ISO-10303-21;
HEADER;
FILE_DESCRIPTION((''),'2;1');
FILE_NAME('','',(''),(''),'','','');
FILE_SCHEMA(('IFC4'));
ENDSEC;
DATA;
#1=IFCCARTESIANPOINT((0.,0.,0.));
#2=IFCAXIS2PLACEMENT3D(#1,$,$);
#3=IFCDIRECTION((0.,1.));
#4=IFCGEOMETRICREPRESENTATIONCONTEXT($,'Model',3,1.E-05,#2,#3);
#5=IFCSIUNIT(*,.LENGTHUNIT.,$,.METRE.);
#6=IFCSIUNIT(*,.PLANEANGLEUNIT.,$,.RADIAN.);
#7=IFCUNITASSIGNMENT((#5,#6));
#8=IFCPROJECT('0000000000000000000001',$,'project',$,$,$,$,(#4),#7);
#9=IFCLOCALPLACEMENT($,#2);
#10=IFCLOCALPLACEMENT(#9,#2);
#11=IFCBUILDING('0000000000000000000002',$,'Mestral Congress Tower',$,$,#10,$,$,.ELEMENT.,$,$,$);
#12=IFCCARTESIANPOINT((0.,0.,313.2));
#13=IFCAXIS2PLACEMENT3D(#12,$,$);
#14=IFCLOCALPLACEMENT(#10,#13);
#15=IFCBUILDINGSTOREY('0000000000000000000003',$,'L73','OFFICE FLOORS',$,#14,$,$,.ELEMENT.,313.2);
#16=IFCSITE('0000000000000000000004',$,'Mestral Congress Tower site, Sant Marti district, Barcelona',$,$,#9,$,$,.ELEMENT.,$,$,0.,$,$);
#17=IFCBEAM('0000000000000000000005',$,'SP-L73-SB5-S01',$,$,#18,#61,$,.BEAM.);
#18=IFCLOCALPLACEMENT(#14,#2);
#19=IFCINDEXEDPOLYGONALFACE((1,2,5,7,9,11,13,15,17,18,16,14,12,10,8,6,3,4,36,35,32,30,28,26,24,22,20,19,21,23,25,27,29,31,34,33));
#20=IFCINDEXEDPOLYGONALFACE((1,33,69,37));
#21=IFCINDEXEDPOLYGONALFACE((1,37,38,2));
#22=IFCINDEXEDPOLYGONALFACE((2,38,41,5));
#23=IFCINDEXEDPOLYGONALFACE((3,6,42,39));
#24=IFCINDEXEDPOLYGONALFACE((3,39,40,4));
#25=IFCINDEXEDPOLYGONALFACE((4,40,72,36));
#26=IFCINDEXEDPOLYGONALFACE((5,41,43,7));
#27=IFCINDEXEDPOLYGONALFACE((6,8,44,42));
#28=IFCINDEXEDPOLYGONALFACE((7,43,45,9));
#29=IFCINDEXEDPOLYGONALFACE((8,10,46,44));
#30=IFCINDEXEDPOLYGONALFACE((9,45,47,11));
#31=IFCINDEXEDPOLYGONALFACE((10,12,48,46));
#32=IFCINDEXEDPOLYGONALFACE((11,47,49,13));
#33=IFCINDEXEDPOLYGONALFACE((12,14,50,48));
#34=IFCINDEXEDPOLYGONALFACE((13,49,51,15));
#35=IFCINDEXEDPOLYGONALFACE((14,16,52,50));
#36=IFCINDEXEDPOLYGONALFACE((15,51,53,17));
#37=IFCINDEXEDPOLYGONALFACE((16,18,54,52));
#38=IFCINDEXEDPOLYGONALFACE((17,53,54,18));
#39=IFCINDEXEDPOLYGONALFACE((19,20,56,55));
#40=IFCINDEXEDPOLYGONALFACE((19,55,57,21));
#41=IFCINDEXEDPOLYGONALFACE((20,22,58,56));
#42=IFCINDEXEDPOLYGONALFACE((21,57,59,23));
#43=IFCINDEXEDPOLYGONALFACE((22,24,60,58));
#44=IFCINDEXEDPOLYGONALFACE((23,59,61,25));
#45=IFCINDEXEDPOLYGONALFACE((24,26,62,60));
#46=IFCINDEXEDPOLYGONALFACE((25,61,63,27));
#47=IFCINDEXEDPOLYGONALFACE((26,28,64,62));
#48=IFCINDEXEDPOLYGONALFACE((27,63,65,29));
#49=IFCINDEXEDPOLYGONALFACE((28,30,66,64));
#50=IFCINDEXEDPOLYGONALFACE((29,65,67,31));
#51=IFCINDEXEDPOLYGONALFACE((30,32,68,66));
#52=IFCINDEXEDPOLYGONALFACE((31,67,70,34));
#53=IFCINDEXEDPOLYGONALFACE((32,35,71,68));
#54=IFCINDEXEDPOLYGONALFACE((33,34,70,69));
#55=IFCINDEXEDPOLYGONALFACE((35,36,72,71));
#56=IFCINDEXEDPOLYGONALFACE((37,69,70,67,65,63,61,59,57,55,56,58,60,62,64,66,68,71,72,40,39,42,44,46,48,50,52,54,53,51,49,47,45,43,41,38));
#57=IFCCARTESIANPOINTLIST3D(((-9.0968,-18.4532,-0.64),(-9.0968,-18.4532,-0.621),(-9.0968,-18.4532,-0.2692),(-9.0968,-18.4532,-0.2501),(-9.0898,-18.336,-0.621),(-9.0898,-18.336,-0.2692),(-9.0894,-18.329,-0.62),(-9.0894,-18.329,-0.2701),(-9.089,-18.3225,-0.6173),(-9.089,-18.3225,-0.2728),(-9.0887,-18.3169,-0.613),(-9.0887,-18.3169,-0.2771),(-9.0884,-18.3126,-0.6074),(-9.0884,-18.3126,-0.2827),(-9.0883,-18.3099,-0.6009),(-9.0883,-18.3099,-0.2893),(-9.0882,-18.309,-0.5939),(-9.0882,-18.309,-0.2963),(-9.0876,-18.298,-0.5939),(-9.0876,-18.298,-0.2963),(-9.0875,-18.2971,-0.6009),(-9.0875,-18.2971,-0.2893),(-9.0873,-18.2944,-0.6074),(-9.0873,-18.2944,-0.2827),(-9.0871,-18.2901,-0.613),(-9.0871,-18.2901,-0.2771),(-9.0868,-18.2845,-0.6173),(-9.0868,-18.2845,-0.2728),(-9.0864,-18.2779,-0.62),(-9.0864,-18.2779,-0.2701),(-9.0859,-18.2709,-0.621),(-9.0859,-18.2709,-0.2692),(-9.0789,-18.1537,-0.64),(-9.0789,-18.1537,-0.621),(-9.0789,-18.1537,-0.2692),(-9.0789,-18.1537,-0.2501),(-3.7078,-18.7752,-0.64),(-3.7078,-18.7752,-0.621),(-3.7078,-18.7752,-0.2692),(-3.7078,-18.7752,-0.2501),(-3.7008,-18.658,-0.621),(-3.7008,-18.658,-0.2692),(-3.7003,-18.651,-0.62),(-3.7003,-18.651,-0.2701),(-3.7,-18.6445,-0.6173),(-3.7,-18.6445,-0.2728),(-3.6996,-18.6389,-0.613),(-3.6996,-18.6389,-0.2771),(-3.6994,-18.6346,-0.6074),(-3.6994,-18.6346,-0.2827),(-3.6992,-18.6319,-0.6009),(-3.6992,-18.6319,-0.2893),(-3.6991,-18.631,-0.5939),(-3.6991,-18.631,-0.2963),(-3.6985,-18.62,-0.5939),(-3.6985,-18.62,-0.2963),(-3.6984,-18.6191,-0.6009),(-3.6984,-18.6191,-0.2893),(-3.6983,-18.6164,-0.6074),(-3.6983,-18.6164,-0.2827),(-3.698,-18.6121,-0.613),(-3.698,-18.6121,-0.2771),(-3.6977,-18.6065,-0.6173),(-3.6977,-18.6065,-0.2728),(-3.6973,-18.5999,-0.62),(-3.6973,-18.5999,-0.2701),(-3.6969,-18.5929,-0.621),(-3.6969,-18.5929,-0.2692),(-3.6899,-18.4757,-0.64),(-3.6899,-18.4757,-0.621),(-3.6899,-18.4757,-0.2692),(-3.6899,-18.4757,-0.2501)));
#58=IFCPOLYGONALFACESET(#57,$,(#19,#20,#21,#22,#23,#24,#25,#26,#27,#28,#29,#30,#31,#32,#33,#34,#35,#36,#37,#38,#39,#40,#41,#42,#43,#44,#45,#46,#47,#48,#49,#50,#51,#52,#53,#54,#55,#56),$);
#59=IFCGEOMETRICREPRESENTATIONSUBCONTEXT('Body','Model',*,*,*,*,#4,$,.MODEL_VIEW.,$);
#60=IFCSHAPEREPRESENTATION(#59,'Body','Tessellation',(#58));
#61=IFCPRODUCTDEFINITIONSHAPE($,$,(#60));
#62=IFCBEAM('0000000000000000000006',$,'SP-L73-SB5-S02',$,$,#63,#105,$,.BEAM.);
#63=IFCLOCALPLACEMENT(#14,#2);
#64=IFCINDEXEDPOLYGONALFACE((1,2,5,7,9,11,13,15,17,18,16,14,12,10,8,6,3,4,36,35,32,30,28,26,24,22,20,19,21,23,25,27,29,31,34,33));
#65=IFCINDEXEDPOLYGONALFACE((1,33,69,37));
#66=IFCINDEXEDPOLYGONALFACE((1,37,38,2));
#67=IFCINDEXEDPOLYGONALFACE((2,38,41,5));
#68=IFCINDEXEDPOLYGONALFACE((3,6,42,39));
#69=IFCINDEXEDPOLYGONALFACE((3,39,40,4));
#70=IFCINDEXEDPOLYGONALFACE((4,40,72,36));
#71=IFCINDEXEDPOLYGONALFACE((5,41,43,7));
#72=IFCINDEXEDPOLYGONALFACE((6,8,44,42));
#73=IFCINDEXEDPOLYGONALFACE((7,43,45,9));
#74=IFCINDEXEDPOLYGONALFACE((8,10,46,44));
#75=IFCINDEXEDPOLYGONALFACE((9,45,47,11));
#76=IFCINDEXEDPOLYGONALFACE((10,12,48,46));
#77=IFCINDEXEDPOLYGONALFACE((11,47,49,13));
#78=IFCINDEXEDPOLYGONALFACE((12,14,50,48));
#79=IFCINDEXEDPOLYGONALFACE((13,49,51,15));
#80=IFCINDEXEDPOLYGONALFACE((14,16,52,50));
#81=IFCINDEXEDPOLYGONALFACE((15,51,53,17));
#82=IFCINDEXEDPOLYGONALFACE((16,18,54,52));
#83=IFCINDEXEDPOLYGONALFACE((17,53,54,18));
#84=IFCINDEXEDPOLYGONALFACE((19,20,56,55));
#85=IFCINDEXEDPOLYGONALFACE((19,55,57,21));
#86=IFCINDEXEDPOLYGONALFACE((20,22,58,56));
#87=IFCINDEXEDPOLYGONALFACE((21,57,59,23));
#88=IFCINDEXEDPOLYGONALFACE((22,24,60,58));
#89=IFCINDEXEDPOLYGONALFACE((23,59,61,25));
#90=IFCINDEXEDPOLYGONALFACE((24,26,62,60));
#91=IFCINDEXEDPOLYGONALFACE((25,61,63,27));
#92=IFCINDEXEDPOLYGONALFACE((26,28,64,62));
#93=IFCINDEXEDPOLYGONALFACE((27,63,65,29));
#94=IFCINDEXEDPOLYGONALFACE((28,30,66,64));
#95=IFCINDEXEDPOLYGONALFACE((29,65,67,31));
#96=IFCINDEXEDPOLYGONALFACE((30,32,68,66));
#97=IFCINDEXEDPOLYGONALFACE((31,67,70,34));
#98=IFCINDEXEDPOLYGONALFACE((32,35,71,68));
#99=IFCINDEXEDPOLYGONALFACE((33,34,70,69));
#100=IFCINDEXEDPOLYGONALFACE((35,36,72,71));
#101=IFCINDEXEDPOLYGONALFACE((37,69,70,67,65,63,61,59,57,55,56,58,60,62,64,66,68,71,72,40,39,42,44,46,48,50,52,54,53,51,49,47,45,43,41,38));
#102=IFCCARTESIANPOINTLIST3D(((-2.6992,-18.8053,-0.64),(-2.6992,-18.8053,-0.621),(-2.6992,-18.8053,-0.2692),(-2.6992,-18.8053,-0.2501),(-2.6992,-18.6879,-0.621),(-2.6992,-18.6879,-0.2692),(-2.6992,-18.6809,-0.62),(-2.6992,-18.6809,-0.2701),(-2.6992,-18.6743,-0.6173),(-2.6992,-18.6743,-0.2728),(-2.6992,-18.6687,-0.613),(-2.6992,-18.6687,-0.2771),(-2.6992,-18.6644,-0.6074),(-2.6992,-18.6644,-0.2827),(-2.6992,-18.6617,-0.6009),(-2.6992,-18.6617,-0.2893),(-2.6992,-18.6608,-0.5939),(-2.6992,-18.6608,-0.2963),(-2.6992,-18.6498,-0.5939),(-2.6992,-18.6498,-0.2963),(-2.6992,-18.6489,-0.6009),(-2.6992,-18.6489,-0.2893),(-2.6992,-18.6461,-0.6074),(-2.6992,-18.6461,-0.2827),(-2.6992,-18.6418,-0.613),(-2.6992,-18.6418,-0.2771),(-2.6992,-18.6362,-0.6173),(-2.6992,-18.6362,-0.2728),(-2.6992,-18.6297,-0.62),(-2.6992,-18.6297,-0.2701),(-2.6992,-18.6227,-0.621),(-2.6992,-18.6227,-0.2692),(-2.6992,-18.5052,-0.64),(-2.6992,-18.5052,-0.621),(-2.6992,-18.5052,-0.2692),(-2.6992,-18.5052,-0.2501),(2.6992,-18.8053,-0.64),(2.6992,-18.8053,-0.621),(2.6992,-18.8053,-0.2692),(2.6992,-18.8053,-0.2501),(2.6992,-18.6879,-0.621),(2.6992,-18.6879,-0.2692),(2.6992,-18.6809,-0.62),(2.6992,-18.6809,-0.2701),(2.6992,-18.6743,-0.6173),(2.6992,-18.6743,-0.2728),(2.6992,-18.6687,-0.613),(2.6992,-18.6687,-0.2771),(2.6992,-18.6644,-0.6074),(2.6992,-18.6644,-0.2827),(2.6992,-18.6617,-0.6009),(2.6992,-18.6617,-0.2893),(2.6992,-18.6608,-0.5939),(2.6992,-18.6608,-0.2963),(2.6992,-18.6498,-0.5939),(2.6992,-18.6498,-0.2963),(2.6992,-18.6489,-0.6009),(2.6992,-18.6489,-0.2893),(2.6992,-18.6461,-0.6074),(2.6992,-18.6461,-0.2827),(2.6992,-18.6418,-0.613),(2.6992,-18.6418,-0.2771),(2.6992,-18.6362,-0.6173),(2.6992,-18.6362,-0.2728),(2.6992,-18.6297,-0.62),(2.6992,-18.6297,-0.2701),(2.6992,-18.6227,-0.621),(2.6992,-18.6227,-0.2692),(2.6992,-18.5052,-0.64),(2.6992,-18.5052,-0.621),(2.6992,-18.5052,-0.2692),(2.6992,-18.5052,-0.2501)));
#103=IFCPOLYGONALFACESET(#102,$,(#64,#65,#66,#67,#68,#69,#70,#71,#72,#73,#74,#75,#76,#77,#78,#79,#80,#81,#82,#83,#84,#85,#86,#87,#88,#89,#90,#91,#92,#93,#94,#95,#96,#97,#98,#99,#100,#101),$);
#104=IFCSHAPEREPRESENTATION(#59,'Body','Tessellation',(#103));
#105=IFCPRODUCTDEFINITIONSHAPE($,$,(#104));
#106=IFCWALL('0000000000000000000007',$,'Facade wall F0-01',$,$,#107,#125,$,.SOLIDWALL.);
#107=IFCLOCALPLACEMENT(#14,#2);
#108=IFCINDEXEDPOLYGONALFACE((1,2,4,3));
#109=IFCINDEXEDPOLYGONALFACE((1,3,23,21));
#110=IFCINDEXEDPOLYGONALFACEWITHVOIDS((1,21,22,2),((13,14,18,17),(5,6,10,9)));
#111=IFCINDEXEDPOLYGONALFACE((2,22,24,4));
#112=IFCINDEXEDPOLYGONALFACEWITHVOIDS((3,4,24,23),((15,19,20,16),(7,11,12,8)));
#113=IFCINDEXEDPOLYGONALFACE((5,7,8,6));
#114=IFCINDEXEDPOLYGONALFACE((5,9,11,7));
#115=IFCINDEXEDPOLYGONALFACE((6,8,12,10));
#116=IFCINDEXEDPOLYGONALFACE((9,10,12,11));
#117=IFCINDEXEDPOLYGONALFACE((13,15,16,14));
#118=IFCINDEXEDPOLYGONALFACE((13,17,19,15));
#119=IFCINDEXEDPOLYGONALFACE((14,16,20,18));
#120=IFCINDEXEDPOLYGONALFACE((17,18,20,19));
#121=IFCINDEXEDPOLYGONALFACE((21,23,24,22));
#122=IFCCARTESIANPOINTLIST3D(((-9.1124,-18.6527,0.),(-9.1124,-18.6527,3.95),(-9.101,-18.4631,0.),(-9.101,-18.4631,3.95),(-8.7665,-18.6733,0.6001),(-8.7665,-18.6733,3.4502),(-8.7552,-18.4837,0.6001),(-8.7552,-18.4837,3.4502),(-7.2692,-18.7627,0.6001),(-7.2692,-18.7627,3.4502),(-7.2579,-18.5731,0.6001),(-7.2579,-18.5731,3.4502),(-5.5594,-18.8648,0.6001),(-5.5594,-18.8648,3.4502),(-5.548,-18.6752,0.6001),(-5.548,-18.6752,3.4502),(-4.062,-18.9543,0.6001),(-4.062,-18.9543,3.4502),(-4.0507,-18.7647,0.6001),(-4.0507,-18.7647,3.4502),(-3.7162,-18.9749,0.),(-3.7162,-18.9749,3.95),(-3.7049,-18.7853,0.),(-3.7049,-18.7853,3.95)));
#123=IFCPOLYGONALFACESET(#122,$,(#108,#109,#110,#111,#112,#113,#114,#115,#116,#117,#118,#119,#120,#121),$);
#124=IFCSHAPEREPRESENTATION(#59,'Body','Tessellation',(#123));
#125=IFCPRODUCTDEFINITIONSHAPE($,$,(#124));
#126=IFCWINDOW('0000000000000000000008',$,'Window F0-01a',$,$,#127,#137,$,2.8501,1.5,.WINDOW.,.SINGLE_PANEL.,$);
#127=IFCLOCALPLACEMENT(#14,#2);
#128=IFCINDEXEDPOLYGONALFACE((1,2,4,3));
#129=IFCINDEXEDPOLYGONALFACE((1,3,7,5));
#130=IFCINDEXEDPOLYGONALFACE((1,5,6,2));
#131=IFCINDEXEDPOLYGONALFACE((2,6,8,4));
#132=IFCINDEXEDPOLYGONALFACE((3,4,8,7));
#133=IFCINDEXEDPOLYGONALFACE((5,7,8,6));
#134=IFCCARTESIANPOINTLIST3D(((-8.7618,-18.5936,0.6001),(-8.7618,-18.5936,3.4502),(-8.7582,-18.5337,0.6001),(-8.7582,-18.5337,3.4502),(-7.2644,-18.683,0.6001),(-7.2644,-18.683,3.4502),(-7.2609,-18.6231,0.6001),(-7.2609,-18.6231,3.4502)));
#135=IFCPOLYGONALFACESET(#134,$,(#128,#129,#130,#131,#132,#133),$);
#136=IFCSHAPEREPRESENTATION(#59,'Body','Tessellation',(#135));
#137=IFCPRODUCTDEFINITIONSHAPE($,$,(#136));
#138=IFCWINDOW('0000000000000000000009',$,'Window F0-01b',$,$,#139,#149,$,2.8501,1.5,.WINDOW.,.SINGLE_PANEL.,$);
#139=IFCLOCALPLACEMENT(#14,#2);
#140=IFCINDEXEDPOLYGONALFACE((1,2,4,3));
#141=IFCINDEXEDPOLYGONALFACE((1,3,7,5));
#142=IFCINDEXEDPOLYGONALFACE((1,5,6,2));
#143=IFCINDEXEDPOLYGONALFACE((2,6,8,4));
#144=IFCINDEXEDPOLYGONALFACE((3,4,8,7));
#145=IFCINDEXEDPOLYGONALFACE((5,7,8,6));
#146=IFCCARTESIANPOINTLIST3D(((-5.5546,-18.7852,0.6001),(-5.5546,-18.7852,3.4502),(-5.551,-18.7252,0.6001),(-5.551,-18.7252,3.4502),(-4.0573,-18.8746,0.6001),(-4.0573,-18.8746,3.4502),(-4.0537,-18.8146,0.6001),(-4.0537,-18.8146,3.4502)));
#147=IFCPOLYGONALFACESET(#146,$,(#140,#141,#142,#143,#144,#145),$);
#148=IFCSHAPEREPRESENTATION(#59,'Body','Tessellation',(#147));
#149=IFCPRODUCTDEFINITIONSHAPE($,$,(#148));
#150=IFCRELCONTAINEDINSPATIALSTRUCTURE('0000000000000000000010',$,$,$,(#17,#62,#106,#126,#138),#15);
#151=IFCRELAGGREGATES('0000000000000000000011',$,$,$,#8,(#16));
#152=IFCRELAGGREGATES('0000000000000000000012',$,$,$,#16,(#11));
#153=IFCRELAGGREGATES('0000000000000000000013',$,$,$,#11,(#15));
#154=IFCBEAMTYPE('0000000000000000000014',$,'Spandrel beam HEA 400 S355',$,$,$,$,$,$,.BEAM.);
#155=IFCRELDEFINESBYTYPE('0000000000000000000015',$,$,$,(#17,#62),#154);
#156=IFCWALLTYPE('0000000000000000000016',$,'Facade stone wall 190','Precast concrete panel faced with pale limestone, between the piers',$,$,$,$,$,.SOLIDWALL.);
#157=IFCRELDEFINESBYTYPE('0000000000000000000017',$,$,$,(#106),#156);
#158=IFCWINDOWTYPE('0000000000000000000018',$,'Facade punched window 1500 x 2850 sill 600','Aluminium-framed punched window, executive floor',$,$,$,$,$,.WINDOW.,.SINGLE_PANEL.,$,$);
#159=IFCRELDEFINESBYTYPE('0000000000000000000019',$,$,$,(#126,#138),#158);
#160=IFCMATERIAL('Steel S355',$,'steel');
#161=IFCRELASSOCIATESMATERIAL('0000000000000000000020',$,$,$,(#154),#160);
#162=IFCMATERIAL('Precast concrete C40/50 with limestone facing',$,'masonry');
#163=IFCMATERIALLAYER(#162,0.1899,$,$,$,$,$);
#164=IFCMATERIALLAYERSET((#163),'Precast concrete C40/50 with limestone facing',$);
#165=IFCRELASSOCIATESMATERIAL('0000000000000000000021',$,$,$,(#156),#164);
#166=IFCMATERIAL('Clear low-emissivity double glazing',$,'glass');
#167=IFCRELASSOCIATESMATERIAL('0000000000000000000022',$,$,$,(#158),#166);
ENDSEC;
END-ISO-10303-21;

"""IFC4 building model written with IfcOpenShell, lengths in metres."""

from ifc_helpers import new_model, si_unit, direction, frame, frame_2d, origin, origin_2d, place, context, subcontext, project, spatial, rectangle, i_section, extrude, material, layer, layer_set, material_profile, profile_set, type_object, element, fill, save


model = new_model("IFC4")

# Units and contexts
model_context = context("Model", 3, precision=1e-05, world=origin(), true_north=direction((0.0, 1.0)))
body_context = subcontext(model_context, "Body", "Model", "MODEL_VIEW")
ifc_project = project(units=[si_unit("LENGTHUNIT", "METRE"), si_unit("PLANEANGLEUNIT", "RADIAN")], contexts=[model_context])

# Site, building, storey
site_placement = place(None, origin())
site = spatial("IfcSite", under=ifc_project, at=site_placement, Name="Mestral Congress Tower site, Sant Marti district, Barcelona", CompositionType="ELEMENT", RefElevation=0.0)
building_placement = place(site_placement, origin())
building = spatial("IfcBuilding", under=site, at=building_placement, Name="Mestral Congress Tower", CompositionType="ELEMENT")
storey_placement = place(building_placement, frame((0.0, 0.0, 313.2)))
storey = spatial("IfcBuildingStorey", under=building, at=storey_placement, Name="L73", Description="OFFICE FLOORS", CompositionType="ELEMENT", Elevation=313.2)

# Beams
ifc_material_1 = material(Name="Steel S355", Category="steel")
ifc_material_profile_1 = material_profile(ifc_material_1, i_section(OverallWidth=0.3, OverallDepth=0.3899, WebThickness=0.011, FlangeThickness=0.019, FilletRadius=0.0271, at=origin_2d()), Name="HEA 400")
ifc_profile_set_1 = profile_set([ifc_material_profile_1], Name="Steel S355")
beam_type_1 = type_object("IfcBeamType", Name="Spandrel beam HEA 400 S355", PredefinedType="BEAM", material=ifc_profile_set_1)
beam_1_placement = place(storey_placement, frame((-9.0879, -18.3035, -0.4451), z_axis=(0.99822, -0.059647, 0.0), x_axis=(0.059647, 0.99822, 0.0)))
element("IfcBeam", 1, at=beam_1_placement, inside=storey, type_object=beam_type_1, Name="SP-L73-SB5-S01", PredefinedType="BEAM", context=body_context, shape_type="SweptSolid", body=[
    extrude(i_section(OverallWidth=0.3, OverallDepth=0.3899, WebThickness=0.011, FlangeThickness=0.019, FilletRadius=0.0271, at=origin_2d()), origin(), (0.0, 0.0, 1.0), 5.3987),
])
beam_2_placement = place(storey_placement, frame((-2.6992, -18.6553, -0.4451), z_axis=(1.0, 0.0, 0.0), x_axis=(0.0, 1.0, 0.0)))
element("IfcBeam", 2, at=beam_2_placement, inside=storey, type_object=beam_type_1, Name="SP-L73-SB5-S02", PredefinedType="BEAM", context=body_context, shape_type="SweptSolid", body=[
    extrude(i_section(OverallWidth=0.3, OverallDepth=0.3899, WebThickness=0.011, FlangeThickness=0.019, FilletRadius=0.0271, at=origin_2d()), origin(), (0.0, 0.0, 1.0), 5.3984),
])

# Wall, openings, windows
ifc_material_2 = material(Name="Precast concrete C40/50 with limestone facing", Category="masonry")
ifc_layer_1 = layer(ifc_material_2, 0.1899)
ifc_layer_set_1 = layer_set([ifc_layer_1], Name="Precast concrete C40/50 with limestone facing")
wall_type_1 = type_object("IfcWallType", Name="Facade stone wall 190", Description="Precast concrete panel faced with pale limestone, between the piers", PredefinedType="SOLIDWALL", material=ifc_layer_set_1)
wall_1_placement = place(storey_placement, frame((-9.1067, -18.5579, 0.0), z_axis=(0.0, 0.0, 1.0), x_axis=(0.998221, -0.059614, 0.0)))
wall_1 = element("IfcWall", 3, at=wall_1_placement, inside=storey, type_object=wall_type_1, Name="Facade wall F0-01", PredefinedType="SOLIDWALL", context=body_context, shape_type="SweptSolid", body=[
    extrude(rectangle(XDim=5.4058, YDim=0.1899, at=frame_2d((2.7029, 0.0))), origin(), (0.0, 0.0, 1.0), 3.95),
])
opening_1_placement = place(wall_1_placement, frame((0.3464, 0.0, 0.6001)))
opening_1 = element("IfcOpeningElement", 4, at=opening_1_placement, cuts=wall_1, PredefinedType="OPENING", context=body_context, shape_type="SweptSolid", body=[
    extrude(rectangle(XDim=1.5, YDim=2.8501, at=frame_2d((0.75, 1.425))), frame((0.0, 0.105, 0.0), z_axis=(0.0, -1.0, 0.0), x_axis=(1.0, 0.0, 0.0)), (0.0, 0.0, 1.0), 0.21),
])
opening_2_placement = place(wall_1_placement, frame((3.5593, 0.0, 0.6001)))
opening_2 = element("IfcOpeningElement", 5, at=opening_2_placement, cuts=wall_1, PredefinedType="OPENING", context=body_context, shape_type="SweptSolid", body=[
    extrude(rectangle(XDim=1.5, YDim=2.8501, at=frame_2d((0.75, 1.425))), frame((0.0, 0.105, 0.0), z_axis=(0.0, -1.0, 0.0), x_axis=(1.0, 0.0, 0.0)), (0.0, 0.0, 1.0), 0.21),
])
ifc_material_3 = material(Name="Clear low-emissivity double glazing", Category="glass")
window_type = type_object("IfcWindowType", Name="Facade punched window 1500 x 2850 sill 600", Description="Aluminium-framed punched window, executive floor", PartitioningType="SINGLE_PANEL", PredefinedType="WINDOW", material=ifc_material_3)
window_1_placement = place(opening_1_placement, origin())
window_1 = element("IfcWindow", 6, at=window_1_placement, inside=storey, type_object=window_type, Name="Window F0-01a", OverallHeight=2.8501, OverallWidth=1.5, PartitioningType="SINGLE_PANEL", PredefinedType="WINDOW", context=body_context, shape_type="SweptSolid", body=[
    extrude(rectangle(XDim=1.5, YDim=2.8501, at=frame_2d((0.75, 1.425))), frame((0.0, 0.0449, 0.0), z_axis=(0.0, -1.0, 0.0), x_axis=(1.0, 0.0, 0.0)), (0.0, 0.0, 1.0), 0.0601),
])
fill(opening_1, window_1)
window_2_placement = place(opening_2_placement, origin())
window_2 = element("IfcWindow", 7, at=window_2_placement, inside=storey, type_object=window_type, Name="Window F0-01b", OverallHeight=2.8501, OverallWidth=1.5, PartitioningType="SINGLE_PANEL", PredefinedType="WINDOW", context=body_context, shape_type="SweptSolid", body=[
    extrude(rectangle(XDim=1.5, YDim=2.8501, at=frame_2d((0.75, 1.425))), frame((0.0, 0.0449, 0.0), z_axis=(0.0, -1.0, 0.0), x_axis=(1.0, 0.0, 0.0)), (0.0, 0.0, 1.0), 0.0601),
])
fill(opening_2, window_2)

save(model, "model.ifc")
